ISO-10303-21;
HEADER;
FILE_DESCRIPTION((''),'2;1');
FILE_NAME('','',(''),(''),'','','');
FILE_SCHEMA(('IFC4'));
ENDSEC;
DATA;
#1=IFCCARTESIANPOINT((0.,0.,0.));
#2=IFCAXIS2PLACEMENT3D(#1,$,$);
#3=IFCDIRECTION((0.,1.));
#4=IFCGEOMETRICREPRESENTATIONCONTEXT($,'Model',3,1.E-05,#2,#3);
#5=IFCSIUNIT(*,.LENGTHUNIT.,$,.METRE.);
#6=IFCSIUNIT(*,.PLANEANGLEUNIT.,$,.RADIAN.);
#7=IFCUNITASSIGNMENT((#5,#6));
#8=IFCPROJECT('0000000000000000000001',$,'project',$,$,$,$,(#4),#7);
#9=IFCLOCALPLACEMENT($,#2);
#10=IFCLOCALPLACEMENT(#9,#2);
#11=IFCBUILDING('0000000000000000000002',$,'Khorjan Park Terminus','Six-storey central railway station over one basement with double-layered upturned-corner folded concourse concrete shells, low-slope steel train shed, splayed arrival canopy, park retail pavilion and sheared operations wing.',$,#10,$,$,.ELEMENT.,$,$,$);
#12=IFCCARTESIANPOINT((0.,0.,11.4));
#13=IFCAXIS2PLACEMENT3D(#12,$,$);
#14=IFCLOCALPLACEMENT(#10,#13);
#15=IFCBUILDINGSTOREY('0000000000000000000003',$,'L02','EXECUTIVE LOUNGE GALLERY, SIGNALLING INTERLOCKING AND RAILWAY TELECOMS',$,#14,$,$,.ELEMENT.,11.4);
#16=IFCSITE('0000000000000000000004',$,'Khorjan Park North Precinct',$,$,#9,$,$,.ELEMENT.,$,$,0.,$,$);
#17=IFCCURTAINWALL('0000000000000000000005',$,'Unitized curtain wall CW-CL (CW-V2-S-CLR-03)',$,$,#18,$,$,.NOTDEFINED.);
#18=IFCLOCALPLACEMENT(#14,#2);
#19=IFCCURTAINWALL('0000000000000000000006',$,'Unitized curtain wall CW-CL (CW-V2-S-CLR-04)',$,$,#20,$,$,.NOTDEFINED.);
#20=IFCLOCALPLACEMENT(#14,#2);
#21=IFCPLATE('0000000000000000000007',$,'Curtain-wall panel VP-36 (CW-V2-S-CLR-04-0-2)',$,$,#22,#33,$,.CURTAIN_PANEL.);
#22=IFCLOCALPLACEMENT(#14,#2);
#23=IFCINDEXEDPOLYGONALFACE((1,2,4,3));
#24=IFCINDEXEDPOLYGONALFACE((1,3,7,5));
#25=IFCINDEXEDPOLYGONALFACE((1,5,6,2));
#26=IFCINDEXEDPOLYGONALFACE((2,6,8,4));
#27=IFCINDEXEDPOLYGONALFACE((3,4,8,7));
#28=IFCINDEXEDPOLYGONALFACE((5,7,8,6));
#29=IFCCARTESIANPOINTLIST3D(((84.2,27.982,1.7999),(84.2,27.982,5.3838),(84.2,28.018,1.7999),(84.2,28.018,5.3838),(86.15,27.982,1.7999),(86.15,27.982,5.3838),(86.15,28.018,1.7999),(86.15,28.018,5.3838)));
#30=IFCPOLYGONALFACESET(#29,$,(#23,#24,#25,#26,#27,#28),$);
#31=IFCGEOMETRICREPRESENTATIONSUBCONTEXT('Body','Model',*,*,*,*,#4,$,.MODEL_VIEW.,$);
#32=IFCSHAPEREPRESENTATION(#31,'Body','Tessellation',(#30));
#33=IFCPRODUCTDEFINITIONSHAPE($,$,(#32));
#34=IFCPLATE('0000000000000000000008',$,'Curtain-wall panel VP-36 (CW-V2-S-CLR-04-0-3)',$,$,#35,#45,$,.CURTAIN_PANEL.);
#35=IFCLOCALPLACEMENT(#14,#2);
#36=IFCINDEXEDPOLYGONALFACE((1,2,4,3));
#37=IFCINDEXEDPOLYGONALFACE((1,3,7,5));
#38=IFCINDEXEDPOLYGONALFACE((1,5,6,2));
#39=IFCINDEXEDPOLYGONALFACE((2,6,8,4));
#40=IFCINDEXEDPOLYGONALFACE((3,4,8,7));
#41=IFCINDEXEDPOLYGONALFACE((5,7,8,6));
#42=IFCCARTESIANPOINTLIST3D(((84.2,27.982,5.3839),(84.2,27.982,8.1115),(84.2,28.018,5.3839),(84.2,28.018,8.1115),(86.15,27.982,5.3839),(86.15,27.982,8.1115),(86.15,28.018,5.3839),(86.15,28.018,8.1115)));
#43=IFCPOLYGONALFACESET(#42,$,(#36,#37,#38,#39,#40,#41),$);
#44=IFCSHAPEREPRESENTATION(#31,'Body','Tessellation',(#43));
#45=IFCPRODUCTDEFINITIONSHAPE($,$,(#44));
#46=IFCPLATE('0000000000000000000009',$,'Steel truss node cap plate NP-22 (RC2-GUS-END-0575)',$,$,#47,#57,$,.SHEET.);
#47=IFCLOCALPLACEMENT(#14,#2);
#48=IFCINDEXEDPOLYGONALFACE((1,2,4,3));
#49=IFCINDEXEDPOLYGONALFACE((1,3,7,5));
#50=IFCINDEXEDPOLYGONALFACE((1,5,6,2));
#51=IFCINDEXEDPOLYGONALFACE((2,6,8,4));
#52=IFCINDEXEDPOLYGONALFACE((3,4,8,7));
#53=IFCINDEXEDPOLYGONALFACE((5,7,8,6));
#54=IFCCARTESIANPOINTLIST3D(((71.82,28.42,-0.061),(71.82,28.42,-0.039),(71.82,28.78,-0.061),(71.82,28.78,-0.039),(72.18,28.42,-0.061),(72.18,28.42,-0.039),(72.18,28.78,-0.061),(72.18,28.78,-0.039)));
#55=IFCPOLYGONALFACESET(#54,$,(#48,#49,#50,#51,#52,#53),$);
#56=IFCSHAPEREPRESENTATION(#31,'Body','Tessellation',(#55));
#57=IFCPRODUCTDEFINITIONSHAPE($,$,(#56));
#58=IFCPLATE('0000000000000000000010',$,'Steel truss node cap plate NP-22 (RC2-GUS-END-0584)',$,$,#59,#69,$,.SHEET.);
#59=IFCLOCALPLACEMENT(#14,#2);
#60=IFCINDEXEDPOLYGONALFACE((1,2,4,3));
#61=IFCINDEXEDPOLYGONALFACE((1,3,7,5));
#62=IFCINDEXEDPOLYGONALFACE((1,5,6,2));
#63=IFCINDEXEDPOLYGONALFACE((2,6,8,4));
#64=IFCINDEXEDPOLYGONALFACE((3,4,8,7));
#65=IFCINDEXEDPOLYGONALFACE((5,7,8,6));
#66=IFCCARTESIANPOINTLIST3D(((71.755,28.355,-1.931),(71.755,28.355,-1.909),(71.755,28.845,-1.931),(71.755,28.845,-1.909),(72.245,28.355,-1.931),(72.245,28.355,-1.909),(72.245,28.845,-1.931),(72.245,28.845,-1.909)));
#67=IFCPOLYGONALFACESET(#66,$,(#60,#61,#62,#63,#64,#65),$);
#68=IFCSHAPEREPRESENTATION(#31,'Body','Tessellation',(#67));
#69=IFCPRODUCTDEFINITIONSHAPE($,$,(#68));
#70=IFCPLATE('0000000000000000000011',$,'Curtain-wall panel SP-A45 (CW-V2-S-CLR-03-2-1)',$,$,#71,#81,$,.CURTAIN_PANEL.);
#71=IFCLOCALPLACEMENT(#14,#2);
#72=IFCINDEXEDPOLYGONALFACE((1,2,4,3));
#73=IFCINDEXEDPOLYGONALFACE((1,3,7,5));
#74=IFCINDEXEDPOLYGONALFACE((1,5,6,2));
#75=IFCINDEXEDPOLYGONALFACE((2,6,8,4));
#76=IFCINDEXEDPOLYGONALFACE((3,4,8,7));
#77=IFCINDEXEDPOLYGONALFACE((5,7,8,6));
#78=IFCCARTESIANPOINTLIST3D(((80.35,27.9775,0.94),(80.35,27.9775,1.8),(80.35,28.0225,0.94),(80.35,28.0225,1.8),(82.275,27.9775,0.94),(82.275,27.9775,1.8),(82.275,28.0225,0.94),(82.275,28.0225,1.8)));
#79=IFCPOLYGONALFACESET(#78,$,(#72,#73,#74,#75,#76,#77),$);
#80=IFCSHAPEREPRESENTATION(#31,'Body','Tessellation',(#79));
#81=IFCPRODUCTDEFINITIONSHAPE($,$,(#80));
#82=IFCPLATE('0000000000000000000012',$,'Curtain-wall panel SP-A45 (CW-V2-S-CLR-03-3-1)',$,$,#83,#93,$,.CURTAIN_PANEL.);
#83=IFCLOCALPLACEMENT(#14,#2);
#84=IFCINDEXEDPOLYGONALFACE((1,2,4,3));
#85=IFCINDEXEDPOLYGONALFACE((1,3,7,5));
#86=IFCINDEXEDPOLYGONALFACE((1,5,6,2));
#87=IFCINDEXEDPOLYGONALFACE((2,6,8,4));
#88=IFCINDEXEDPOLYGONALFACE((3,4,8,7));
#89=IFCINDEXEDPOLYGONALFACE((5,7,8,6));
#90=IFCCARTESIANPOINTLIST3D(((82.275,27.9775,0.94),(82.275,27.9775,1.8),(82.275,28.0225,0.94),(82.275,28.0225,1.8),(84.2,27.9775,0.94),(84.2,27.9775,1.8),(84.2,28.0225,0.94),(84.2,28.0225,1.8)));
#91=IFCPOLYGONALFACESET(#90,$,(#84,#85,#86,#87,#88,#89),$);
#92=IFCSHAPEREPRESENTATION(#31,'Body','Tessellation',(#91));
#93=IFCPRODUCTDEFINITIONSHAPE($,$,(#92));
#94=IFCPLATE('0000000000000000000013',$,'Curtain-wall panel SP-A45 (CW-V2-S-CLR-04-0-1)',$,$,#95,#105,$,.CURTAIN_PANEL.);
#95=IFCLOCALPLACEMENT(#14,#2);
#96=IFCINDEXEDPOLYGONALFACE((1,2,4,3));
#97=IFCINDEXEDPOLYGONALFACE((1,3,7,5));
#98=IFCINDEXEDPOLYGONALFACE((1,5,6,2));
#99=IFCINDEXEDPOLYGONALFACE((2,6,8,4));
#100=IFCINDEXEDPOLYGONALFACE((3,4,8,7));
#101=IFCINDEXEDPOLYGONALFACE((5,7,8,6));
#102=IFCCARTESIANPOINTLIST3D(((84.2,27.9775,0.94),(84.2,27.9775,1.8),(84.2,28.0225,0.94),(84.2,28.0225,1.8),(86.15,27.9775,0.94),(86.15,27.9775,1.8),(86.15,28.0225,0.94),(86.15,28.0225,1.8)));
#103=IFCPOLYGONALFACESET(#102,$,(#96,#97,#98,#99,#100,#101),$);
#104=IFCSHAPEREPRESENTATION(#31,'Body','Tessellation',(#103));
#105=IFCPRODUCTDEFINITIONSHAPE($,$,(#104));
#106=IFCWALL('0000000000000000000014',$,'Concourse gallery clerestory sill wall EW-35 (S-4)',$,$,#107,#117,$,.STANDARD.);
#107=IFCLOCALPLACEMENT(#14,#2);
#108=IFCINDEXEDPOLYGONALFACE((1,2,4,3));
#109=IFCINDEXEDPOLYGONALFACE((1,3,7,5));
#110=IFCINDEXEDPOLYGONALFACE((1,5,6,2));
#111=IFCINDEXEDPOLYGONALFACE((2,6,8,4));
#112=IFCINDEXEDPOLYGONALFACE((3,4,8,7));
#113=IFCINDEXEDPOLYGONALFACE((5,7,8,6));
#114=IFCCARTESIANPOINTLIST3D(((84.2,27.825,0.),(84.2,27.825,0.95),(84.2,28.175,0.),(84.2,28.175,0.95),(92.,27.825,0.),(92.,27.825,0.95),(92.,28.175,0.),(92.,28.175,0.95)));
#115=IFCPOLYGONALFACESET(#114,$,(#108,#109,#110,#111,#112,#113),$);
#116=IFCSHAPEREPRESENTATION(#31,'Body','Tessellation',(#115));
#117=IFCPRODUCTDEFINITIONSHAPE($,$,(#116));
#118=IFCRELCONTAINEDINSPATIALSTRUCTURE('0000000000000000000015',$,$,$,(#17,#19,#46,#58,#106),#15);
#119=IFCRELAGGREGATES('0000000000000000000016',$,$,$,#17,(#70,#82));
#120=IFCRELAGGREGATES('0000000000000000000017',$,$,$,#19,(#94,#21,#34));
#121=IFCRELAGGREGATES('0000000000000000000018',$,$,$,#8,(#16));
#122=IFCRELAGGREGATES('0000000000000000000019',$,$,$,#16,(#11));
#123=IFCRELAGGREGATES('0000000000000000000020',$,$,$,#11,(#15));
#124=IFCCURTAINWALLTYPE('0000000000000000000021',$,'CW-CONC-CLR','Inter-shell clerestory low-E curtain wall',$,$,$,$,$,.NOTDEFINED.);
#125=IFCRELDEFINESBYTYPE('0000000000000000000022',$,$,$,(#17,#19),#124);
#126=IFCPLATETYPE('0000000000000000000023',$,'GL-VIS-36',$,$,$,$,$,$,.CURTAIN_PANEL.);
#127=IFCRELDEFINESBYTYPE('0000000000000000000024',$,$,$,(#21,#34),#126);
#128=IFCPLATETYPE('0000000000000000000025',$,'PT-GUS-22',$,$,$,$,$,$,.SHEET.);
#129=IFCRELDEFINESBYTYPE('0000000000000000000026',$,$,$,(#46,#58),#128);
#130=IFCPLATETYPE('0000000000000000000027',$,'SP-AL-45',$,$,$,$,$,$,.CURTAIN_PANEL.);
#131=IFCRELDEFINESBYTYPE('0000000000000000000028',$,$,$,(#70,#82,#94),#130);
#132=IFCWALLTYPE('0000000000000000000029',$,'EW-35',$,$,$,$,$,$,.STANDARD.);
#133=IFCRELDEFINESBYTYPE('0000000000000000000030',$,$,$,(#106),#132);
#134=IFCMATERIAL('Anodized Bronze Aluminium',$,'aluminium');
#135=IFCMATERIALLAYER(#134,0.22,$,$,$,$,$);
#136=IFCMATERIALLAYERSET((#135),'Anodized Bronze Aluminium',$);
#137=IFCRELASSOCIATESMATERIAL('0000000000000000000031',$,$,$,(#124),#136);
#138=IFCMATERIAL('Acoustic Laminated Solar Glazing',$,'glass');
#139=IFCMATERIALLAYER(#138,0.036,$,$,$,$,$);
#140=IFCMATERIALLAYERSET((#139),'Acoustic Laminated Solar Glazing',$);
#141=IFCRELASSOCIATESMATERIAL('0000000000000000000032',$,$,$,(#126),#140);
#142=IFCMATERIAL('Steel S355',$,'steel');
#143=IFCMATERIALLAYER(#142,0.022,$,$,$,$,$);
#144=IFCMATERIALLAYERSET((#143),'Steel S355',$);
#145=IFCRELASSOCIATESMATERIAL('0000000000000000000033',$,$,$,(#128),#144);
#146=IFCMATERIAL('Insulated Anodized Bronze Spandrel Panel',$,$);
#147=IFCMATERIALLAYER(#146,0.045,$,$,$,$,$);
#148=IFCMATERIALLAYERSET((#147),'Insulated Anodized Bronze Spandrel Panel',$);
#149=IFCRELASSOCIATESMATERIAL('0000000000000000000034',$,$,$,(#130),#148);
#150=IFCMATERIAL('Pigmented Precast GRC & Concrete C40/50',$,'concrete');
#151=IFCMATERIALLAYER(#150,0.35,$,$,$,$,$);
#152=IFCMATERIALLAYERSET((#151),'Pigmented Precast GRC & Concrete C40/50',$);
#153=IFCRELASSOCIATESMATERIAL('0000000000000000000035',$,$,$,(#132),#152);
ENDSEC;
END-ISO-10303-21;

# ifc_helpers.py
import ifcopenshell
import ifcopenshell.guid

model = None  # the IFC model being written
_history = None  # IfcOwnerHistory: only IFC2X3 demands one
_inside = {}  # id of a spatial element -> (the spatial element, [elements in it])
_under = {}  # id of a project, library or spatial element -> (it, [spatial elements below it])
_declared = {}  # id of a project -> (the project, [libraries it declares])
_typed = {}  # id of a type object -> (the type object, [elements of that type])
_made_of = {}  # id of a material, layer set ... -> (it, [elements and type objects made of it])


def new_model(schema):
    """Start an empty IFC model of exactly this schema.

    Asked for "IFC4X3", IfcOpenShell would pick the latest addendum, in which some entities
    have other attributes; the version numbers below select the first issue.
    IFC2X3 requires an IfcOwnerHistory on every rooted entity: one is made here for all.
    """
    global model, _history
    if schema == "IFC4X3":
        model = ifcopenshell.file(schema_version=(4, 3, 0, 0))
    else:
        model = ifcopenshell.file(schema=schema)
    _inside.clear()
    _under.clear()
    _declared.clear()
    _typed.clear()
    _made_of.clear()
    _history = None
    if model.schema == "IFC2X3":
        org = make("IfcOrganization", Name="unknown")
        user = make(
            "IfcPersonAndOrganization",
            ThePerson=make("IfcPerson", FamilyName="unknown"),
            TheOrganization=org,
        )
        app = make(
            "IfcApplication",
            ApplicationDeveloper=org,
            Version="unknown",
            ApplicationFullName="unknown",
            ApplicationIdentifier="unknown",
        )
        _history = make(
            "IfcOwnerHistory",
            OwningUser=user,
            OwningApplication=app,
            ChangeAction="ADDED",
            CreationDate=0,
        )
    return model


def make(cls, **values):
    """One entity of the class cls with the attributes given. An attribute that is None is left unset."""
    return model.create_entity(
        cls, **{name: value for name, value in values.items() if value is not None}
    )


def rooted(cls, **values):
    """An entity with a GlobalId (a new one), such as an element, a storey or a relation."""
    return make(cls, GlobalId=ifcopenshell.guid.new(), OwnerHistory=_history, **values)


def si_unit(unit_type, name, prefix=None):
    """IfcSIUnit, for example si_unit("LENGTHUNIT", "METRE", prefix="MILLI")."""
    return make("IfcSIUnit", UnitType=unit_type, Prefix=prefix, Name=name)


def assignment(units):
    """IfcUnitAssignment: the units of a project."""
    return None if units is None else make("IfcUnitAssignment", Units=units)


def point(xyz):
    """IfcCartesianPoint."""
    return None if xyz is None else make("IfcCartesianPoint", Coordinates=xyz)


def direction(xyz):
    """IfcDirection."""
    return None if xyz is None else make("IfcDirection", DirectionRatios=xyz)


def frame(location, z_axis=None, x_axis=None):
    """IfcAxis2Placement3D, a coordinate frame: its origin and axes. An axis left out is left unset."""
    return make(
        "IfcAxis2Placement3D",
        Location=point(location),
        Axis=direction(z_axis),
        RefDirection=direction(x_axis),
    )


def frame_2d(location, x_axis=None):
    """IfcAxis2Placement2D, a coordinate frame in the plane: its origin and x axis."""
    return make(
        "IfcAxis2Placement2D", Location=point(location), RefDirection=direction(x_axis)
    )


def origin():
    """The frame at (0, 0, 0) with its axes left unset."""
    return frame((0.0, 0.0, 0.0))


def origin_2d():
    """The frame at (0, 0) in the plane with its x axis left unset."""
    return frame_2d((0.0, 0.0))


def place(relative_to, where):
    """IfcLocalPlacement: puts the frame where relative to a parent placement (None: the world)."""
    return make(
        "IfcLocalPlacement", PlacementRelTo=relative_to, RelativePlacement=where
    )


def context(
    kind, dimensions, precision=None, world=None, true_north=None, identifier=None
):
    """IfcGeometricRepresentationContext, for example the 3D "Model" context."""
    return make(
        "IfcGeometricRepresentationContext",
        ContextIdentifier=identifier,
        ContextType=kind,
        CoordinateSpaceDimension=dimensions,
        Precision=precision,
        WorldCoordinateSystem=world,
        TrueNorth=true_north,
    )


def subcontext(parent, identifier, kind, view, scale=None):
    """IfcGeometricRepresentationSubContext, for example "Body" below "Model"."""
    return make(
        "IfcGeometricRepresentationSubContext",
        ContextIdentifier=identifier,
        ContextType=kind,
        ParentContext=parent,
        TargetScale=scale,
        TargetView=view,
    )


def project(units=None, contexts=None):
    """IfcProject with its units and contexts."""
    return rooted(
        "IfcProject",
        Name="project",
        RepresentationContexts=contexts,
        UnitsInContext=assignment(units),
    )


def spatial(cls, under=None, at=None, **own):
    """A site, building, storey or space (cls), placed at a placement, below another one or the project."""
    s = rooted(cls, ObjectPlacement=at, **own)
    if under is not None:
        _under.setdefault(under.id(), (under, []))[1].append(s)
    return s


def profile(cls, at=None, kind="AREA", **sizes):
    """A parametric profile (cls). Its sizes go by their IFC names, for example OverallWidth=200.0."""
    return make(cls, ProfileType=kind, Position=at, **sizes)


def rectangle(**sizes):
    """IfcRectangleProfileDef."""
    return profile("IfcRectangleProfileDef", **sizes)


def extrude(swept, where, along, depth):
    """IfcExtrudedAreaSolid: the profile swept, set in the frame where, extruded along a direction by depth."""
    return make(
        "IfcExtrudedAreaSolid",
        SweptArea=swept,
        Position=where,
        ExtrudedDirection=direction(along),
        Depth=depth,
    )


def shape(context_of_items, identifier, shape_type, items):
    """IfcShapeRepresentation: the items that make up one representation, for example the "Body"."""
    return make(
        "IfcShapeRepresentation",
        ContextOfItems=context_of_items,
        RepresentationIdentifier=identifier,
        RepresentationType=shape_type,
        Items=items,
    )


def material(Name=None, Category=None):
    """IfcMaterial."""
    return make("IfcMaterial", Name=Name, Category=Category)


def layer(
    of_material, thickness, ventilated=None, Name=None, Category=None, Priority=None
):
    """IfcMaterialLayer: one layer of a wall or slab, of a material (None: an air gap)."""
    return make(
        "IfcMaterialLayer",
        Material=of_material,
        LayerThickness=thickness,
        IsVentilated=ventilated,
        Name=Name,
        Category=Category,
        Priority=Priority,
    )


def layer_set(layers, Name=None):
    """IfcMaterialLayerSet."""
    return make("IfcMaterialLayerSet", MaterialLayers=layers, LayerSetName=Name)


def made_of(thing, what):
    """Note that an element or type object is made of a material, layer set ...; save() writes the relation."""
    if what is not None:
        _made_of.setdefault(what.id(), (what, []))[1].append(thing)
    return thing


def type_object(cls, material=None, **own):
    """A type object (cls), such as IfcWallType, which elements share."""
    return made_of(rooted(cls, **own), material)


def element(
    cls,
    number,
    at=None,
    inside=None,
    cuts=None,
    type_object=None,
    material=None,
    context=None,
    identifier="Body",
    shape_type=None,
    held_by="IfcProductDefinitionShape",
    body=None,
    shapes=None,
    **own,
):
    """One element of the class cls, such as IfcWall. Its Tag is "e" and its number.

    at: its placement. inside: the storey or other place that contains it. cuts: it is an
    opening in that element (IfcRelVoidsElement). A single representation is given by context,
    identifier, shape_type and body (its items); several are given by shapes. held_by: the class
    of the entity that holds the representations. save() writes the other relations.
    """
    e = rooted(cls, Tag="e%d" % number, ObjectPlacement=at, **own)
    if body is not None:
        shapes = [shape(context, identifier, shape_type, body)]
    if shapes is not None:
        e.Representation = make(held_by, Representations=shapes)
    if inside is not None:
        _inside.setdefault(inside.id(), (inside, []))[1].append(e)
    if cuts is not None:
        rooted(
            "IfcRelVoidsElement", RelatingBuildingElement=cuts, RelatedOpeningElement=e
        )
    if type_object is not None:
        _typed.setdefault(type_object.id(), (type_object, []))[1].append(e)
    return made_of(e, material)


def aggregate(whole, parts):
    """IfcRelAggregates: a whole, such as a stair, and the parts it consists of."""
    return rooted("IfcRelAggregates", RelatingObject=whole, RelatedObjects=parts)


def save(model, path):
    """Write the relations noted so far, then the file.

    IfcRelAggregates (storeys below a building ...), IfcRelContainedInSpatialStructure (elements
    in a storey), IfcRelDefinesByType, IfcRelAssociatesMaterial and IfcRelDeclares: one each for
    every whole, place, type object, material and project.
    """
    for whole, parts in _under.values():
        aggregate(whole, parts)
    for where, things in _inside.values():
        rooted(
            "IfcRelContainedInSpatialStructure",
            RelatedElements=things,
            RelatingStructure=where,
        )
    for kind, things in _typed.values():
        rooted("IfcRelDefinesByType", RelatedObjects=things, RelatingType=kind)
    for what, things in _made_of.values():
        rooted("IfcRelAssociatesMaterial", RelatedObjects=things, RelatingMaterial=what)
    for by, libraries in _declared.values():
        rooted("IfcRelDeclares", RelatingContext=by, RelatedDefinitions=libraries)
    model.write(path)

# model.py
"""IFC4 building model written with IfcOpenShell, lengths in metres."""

from ifc_helpers import new_model, si_unit, direction, frame, frame_2d, origin, origin_2d, place, context, subcontext, project, spatial, rectangle, extrude, material, layer, layer_set, type_object, element, aggregate, save


model = new_model("IFC4")

# Units and contexts
model_context = context("Model", 3, precision=1e-05, world=origin(), true_north=direction((0.0, 1.0)))
body_context = subcontext(model_context, "Body", "Model", "MODEL_VIEW")
ifc_project = project(units=[si_unit("LENGTHUNIT", "METRE"), si_unit("PLANEANGLEUNIT", "RADIAN")], contexts=[model_context])

# Site, building, storey
site_placement = place(None, origin())
site = spatial("IfcSite", under=ifc_project, at=site_placement, Name="Khorjan Park North Precinct", CompositionType="ELEMENT", RefElevation=0.0)
building_placement = place(site_placement, origin())
building = spatial("IfcBuilding", under=site, at=building_placement, Name="Khorjan Park Terminus", Description="Six-storey central railway station over one basement with double-layered upturned-corner folded concourse concrete shells, low-slope steel train shed, splayed arrival canopy, park retail pavilion and sheared operations wing.", CompositionType="ELEMENT")
storey_placement = place(building_placement, frame((0.0, 0.0, 11.4)))
storey = spatial("IfcBuildingStorey", under=building, at=storey_placement, Name="L02", Description="EXECUTIVE LOUNGE GALLERY, SIGNALLING INTERLOCKING AND RAILWAY TELECOMS", CompositionType="ELEMENT", Elevation=11.4)

# Shared definitions
ifc_material_1 = material(Name="Steel S355", Category="steel")

# Curtain wall
ifc_material_2 = material(Name="Anodized Bronze Aluminium", Category="aluminium")
ifc_layer_1 = layer(ifc_material_2, 0.22)
ifc_layer_set_1 = layer_set([ifc_layer_1], Name="Anodized Bronze Aluminium")
curtain_wall_type = type_object("IfcCurtainWallType", Name="CW-CONC-CLR", Description="Inter-shell clerestory low-E curtain wall", PredefinedType="NOTDEFINED", material=ifc_layer_set_1)
curtain_wall_1_placement = place(storey_placement, origin())
curtain_wall_1 = element("IfcCurtainWall", 1, at=curtain_wall_1_placement, inside=storey, type_object=curtain_wall_type, Name="Unitized curtain wall CW-CL (CW-V2-S-CLR-03)", PredefinedType="NOTDEFINED")

# Curtain wall
curtain_wall_2_placement = place(storey_placement, origin())
curtain_wall_2 = element("IfcCurtainWall", 2, at=curtain_wall_2_placement, inside=storey, type_object=curtain_wall_type, Name="Unitized curtain wall CW-CL (CW-V2-S-CLR-04)", PredefinedType="NOTDEFINED")

# Plates
ifc_material_3 = material(Name="Acoustic Laminated Solar Glazing", Category="glass")
ifc_layer_2 = layer(ifc_material_3, 0.036)
ifc_layer_set_2 = layer_set([ifc_layer_2], Name="Acoustic Laminated Solar Glazing")
plate_type_1 = type_object("IfcPlateType", Name="GL-VIS-36", PredefinedType="CURTAIN_PANEL", material=ifc_layer_set_2)
plate_1_placement = place(storey_placement, frame((85.175, 28.0, 1.7999), z_axis=(0.0, 0.0, 1.0), x_axis=(1.0, 0.0, 0.0)))
plate_1 = element("IfcPlate", 3, at=plate_1_placement, type_object=plate_type_1, Name="Curtain-wall panel VP-36 (CW-V2-S-CLR-04-0-2)", PredefinedType="CURTAIN_PANEL", context=body_context, shape_type="SweptSolid", body=[
    extrude(rectangle(XDim=1.95, YDim=0.036, at=origin_2d()), origin(), (0.0, 0.0, 1.0), 3.5839),
])
plate_2_placement = place(storey_placement, frame((85.175, 28.0, 5.3839), z_axis=(0.0, 0.0, 1.0), x_axis=(1.0, 0.0, 0.0)))
plate_2 = element("IfcPlate", 4, at=plate_2_placement, type_object=plate_type_1, Name="Curtain-wall panel VP-36 (CW-V2-S-CLR-04-0-3)", PredefinedType="CURTAIN_PANEL", context=body_context, shape_type="SweptSolid", body=[
    extrude(rectangle(XDim=1.95, YDim=0.036, at=origin_2d()), origin(), (0.0, 0.0, 1.0), 2.7276),
])

# Plates
ifc_layer_3 = layer(ifc_material_1, 0.022)
ifc_layer_set_3 = layer_set([ifc_layer_3], Name="Steel S355")
plate_type_2 = type_object("IfcPlateType", Name="PT-GUS-22", PredefinedType="SHEET", material=ifc_layer_set_3)
plate_3_placement = place(storey_placement, frame((72.0, 28.6, -0.061), z_axis=(0.0, 0.0, 1.0), x_axis=(1.0, 0.0, 0.0)))
element("IfcPlate", 5, at=plate_3_placement, inside=storey, type_object=plate_type_2, Name="Steel truss node cap plate NP-22 (RC2-GUS-END-0575)", PredefinedType="SHEET", context=body_context, shape_type="SweptSolid", body=[
    extrude(rectangle(XDim=0.36, YDim=0.36, at=origin_2d()), origin(), (0.0, 0.0, 1.0), 0.022),
])
plate_4_placement = place(storey_placement, frame((72.0, 28.6, -1.931), z_axis=(0.0, 0.0, 1.0), x_axis=(1.0, 0.0, 0.0)))
element("IfcPlate", 6, at=plate_4_placement, inside=storey, type_object=plate_type_2, Name="Steel truss node cap plate NP-22 (RC2-GUS-END-0584)", PredefinedType="SHEET", context=body_context, shape_type="SweptSolid", body=[
    extrude(rectangle(XDim=0.49, YDim=0.49, at=origin_2d()), origin(), (0.0, 0.0, 1.0), 0.022),
])

# Plates
ifc_material_4 = material(Name="Insulated Anodized Bronze Spandrel Panel")
ifc_layer_4 = layer(ifc_material_4, 0.045)
ifc_layer_set_4 = layer_set([ifc_layer_4], Name="Insulated Anodized Bronze Spandrel Panel")
plate_type_3 = type_object("IfcPlateType", Name="SP-AL-45", PredefinedType="CURTAIN_PANEL", material=ifc_layer_set_4)
plate_5_placement = place(storey_placement, frame((81.3125, 28.0, 0.94), z_axis=(0.0, 0.0, 1.0), x_axis=(1.0, 0.0, 0.0)))
plate_5 = element("IfcPlate", 7, at=plate_5_placement, type_object=plate_type_3, Name="Curtain-wall panel SP-A45 (CW-V2-S-CLR-03-2-1)", PredefinedType="CURTAIN_PANEL", context=body_context, shape_type="SweptSolid", body=[
    extrude(rectangle(XDim=1.925, YDim=0.045, at=origin_2d()), origin(), (0.0, 0.0, 1.0), 0.86),
])
plate_6_placement = place(storey_placement, frame((83.2375, 28.0, 0.94), z_axis=(0.0, 0.0, 1.0), x_axis=(1.0, 0.0, 0.0)))
plate_6 = element("IfcPlate", 8, at=plate_6_placement, type_object=plate_type_3, Name="Curtain-wall panel SP-A45 (CW-V2-S-CLR-03-3-1)", PredefinedType="CURTAIN_PANEL", context=body_context, shape_type="SweptSolid", body=[
    extrude(rectangle(XDim=1.925, YDim=0.045, at=origin_2d()), origin(), (0.0, 0.0, 1.0), 0.86),
])
aggregate(curtain_wall_1, [plate_5, plate_6])
plate_7_placement = place(storey_placement, frame((85.175, 28.0, 0.94), z_axis=(0.0, 0.0, 1.0), x_axis=(1.0, 0.0, 0.0)))
plate_7 = element("IfcPlate", 9, at=plate_7_placement, type_object=plate_type_3, Name="Curtain-wall panel SP-A45 (CW-V2-S-CLR-04-0-1)", PredefinedType="CURTAIN_PANEL", context=body_context, shape_type="SweptSolid", body=[
    extrude(rectangle(XDim=1.95, YDim=0.045, at=origin_2d()), origin(), (0.0, 0.0, 1.0), 0.86),
])
aggregate(curtain_wall_2, [plate_7, plate_1, plate_2])

# Wall
ifc_material_5 = material(Name="Pigmented Precast GRC & Concrete C40/50", Category="concrete")
ifc_layer_5 = layer(ifc_material_5, 0.35)
ifc_layer_set_5 = layer_set([ifc_layer_5], Name="Pigmented Precast GRC & Concrete C40/50")
wall_type = type_object("IfcWallType", Name="EW-35", PredefinedType="STANDARD", material=ifc_layer_set_5)
wall_placement = place(storey_placement, frame((84.2, 28.0, 0.0), z_axis=(0.0, 0.0, 1.0), x_axis=(1.0, 0.0, 0.0)))
element("IfcWall", 10, at=wall_placement, inside=storey, type_object=wall_type, Name="Concourse gallery clerestory sill wall EW-35 (S-4)", PredefinedType="STANDARD", context=body_context, shape_type="SweptSolid", body=[
    extrude(rectangle(XDim=7.8, YDim=0.35, at=frame_2d((3.9, 0.0))), origin(), (0.0, 0.0, 1.0), 0.95),
])

save(model, "model.ifc")
